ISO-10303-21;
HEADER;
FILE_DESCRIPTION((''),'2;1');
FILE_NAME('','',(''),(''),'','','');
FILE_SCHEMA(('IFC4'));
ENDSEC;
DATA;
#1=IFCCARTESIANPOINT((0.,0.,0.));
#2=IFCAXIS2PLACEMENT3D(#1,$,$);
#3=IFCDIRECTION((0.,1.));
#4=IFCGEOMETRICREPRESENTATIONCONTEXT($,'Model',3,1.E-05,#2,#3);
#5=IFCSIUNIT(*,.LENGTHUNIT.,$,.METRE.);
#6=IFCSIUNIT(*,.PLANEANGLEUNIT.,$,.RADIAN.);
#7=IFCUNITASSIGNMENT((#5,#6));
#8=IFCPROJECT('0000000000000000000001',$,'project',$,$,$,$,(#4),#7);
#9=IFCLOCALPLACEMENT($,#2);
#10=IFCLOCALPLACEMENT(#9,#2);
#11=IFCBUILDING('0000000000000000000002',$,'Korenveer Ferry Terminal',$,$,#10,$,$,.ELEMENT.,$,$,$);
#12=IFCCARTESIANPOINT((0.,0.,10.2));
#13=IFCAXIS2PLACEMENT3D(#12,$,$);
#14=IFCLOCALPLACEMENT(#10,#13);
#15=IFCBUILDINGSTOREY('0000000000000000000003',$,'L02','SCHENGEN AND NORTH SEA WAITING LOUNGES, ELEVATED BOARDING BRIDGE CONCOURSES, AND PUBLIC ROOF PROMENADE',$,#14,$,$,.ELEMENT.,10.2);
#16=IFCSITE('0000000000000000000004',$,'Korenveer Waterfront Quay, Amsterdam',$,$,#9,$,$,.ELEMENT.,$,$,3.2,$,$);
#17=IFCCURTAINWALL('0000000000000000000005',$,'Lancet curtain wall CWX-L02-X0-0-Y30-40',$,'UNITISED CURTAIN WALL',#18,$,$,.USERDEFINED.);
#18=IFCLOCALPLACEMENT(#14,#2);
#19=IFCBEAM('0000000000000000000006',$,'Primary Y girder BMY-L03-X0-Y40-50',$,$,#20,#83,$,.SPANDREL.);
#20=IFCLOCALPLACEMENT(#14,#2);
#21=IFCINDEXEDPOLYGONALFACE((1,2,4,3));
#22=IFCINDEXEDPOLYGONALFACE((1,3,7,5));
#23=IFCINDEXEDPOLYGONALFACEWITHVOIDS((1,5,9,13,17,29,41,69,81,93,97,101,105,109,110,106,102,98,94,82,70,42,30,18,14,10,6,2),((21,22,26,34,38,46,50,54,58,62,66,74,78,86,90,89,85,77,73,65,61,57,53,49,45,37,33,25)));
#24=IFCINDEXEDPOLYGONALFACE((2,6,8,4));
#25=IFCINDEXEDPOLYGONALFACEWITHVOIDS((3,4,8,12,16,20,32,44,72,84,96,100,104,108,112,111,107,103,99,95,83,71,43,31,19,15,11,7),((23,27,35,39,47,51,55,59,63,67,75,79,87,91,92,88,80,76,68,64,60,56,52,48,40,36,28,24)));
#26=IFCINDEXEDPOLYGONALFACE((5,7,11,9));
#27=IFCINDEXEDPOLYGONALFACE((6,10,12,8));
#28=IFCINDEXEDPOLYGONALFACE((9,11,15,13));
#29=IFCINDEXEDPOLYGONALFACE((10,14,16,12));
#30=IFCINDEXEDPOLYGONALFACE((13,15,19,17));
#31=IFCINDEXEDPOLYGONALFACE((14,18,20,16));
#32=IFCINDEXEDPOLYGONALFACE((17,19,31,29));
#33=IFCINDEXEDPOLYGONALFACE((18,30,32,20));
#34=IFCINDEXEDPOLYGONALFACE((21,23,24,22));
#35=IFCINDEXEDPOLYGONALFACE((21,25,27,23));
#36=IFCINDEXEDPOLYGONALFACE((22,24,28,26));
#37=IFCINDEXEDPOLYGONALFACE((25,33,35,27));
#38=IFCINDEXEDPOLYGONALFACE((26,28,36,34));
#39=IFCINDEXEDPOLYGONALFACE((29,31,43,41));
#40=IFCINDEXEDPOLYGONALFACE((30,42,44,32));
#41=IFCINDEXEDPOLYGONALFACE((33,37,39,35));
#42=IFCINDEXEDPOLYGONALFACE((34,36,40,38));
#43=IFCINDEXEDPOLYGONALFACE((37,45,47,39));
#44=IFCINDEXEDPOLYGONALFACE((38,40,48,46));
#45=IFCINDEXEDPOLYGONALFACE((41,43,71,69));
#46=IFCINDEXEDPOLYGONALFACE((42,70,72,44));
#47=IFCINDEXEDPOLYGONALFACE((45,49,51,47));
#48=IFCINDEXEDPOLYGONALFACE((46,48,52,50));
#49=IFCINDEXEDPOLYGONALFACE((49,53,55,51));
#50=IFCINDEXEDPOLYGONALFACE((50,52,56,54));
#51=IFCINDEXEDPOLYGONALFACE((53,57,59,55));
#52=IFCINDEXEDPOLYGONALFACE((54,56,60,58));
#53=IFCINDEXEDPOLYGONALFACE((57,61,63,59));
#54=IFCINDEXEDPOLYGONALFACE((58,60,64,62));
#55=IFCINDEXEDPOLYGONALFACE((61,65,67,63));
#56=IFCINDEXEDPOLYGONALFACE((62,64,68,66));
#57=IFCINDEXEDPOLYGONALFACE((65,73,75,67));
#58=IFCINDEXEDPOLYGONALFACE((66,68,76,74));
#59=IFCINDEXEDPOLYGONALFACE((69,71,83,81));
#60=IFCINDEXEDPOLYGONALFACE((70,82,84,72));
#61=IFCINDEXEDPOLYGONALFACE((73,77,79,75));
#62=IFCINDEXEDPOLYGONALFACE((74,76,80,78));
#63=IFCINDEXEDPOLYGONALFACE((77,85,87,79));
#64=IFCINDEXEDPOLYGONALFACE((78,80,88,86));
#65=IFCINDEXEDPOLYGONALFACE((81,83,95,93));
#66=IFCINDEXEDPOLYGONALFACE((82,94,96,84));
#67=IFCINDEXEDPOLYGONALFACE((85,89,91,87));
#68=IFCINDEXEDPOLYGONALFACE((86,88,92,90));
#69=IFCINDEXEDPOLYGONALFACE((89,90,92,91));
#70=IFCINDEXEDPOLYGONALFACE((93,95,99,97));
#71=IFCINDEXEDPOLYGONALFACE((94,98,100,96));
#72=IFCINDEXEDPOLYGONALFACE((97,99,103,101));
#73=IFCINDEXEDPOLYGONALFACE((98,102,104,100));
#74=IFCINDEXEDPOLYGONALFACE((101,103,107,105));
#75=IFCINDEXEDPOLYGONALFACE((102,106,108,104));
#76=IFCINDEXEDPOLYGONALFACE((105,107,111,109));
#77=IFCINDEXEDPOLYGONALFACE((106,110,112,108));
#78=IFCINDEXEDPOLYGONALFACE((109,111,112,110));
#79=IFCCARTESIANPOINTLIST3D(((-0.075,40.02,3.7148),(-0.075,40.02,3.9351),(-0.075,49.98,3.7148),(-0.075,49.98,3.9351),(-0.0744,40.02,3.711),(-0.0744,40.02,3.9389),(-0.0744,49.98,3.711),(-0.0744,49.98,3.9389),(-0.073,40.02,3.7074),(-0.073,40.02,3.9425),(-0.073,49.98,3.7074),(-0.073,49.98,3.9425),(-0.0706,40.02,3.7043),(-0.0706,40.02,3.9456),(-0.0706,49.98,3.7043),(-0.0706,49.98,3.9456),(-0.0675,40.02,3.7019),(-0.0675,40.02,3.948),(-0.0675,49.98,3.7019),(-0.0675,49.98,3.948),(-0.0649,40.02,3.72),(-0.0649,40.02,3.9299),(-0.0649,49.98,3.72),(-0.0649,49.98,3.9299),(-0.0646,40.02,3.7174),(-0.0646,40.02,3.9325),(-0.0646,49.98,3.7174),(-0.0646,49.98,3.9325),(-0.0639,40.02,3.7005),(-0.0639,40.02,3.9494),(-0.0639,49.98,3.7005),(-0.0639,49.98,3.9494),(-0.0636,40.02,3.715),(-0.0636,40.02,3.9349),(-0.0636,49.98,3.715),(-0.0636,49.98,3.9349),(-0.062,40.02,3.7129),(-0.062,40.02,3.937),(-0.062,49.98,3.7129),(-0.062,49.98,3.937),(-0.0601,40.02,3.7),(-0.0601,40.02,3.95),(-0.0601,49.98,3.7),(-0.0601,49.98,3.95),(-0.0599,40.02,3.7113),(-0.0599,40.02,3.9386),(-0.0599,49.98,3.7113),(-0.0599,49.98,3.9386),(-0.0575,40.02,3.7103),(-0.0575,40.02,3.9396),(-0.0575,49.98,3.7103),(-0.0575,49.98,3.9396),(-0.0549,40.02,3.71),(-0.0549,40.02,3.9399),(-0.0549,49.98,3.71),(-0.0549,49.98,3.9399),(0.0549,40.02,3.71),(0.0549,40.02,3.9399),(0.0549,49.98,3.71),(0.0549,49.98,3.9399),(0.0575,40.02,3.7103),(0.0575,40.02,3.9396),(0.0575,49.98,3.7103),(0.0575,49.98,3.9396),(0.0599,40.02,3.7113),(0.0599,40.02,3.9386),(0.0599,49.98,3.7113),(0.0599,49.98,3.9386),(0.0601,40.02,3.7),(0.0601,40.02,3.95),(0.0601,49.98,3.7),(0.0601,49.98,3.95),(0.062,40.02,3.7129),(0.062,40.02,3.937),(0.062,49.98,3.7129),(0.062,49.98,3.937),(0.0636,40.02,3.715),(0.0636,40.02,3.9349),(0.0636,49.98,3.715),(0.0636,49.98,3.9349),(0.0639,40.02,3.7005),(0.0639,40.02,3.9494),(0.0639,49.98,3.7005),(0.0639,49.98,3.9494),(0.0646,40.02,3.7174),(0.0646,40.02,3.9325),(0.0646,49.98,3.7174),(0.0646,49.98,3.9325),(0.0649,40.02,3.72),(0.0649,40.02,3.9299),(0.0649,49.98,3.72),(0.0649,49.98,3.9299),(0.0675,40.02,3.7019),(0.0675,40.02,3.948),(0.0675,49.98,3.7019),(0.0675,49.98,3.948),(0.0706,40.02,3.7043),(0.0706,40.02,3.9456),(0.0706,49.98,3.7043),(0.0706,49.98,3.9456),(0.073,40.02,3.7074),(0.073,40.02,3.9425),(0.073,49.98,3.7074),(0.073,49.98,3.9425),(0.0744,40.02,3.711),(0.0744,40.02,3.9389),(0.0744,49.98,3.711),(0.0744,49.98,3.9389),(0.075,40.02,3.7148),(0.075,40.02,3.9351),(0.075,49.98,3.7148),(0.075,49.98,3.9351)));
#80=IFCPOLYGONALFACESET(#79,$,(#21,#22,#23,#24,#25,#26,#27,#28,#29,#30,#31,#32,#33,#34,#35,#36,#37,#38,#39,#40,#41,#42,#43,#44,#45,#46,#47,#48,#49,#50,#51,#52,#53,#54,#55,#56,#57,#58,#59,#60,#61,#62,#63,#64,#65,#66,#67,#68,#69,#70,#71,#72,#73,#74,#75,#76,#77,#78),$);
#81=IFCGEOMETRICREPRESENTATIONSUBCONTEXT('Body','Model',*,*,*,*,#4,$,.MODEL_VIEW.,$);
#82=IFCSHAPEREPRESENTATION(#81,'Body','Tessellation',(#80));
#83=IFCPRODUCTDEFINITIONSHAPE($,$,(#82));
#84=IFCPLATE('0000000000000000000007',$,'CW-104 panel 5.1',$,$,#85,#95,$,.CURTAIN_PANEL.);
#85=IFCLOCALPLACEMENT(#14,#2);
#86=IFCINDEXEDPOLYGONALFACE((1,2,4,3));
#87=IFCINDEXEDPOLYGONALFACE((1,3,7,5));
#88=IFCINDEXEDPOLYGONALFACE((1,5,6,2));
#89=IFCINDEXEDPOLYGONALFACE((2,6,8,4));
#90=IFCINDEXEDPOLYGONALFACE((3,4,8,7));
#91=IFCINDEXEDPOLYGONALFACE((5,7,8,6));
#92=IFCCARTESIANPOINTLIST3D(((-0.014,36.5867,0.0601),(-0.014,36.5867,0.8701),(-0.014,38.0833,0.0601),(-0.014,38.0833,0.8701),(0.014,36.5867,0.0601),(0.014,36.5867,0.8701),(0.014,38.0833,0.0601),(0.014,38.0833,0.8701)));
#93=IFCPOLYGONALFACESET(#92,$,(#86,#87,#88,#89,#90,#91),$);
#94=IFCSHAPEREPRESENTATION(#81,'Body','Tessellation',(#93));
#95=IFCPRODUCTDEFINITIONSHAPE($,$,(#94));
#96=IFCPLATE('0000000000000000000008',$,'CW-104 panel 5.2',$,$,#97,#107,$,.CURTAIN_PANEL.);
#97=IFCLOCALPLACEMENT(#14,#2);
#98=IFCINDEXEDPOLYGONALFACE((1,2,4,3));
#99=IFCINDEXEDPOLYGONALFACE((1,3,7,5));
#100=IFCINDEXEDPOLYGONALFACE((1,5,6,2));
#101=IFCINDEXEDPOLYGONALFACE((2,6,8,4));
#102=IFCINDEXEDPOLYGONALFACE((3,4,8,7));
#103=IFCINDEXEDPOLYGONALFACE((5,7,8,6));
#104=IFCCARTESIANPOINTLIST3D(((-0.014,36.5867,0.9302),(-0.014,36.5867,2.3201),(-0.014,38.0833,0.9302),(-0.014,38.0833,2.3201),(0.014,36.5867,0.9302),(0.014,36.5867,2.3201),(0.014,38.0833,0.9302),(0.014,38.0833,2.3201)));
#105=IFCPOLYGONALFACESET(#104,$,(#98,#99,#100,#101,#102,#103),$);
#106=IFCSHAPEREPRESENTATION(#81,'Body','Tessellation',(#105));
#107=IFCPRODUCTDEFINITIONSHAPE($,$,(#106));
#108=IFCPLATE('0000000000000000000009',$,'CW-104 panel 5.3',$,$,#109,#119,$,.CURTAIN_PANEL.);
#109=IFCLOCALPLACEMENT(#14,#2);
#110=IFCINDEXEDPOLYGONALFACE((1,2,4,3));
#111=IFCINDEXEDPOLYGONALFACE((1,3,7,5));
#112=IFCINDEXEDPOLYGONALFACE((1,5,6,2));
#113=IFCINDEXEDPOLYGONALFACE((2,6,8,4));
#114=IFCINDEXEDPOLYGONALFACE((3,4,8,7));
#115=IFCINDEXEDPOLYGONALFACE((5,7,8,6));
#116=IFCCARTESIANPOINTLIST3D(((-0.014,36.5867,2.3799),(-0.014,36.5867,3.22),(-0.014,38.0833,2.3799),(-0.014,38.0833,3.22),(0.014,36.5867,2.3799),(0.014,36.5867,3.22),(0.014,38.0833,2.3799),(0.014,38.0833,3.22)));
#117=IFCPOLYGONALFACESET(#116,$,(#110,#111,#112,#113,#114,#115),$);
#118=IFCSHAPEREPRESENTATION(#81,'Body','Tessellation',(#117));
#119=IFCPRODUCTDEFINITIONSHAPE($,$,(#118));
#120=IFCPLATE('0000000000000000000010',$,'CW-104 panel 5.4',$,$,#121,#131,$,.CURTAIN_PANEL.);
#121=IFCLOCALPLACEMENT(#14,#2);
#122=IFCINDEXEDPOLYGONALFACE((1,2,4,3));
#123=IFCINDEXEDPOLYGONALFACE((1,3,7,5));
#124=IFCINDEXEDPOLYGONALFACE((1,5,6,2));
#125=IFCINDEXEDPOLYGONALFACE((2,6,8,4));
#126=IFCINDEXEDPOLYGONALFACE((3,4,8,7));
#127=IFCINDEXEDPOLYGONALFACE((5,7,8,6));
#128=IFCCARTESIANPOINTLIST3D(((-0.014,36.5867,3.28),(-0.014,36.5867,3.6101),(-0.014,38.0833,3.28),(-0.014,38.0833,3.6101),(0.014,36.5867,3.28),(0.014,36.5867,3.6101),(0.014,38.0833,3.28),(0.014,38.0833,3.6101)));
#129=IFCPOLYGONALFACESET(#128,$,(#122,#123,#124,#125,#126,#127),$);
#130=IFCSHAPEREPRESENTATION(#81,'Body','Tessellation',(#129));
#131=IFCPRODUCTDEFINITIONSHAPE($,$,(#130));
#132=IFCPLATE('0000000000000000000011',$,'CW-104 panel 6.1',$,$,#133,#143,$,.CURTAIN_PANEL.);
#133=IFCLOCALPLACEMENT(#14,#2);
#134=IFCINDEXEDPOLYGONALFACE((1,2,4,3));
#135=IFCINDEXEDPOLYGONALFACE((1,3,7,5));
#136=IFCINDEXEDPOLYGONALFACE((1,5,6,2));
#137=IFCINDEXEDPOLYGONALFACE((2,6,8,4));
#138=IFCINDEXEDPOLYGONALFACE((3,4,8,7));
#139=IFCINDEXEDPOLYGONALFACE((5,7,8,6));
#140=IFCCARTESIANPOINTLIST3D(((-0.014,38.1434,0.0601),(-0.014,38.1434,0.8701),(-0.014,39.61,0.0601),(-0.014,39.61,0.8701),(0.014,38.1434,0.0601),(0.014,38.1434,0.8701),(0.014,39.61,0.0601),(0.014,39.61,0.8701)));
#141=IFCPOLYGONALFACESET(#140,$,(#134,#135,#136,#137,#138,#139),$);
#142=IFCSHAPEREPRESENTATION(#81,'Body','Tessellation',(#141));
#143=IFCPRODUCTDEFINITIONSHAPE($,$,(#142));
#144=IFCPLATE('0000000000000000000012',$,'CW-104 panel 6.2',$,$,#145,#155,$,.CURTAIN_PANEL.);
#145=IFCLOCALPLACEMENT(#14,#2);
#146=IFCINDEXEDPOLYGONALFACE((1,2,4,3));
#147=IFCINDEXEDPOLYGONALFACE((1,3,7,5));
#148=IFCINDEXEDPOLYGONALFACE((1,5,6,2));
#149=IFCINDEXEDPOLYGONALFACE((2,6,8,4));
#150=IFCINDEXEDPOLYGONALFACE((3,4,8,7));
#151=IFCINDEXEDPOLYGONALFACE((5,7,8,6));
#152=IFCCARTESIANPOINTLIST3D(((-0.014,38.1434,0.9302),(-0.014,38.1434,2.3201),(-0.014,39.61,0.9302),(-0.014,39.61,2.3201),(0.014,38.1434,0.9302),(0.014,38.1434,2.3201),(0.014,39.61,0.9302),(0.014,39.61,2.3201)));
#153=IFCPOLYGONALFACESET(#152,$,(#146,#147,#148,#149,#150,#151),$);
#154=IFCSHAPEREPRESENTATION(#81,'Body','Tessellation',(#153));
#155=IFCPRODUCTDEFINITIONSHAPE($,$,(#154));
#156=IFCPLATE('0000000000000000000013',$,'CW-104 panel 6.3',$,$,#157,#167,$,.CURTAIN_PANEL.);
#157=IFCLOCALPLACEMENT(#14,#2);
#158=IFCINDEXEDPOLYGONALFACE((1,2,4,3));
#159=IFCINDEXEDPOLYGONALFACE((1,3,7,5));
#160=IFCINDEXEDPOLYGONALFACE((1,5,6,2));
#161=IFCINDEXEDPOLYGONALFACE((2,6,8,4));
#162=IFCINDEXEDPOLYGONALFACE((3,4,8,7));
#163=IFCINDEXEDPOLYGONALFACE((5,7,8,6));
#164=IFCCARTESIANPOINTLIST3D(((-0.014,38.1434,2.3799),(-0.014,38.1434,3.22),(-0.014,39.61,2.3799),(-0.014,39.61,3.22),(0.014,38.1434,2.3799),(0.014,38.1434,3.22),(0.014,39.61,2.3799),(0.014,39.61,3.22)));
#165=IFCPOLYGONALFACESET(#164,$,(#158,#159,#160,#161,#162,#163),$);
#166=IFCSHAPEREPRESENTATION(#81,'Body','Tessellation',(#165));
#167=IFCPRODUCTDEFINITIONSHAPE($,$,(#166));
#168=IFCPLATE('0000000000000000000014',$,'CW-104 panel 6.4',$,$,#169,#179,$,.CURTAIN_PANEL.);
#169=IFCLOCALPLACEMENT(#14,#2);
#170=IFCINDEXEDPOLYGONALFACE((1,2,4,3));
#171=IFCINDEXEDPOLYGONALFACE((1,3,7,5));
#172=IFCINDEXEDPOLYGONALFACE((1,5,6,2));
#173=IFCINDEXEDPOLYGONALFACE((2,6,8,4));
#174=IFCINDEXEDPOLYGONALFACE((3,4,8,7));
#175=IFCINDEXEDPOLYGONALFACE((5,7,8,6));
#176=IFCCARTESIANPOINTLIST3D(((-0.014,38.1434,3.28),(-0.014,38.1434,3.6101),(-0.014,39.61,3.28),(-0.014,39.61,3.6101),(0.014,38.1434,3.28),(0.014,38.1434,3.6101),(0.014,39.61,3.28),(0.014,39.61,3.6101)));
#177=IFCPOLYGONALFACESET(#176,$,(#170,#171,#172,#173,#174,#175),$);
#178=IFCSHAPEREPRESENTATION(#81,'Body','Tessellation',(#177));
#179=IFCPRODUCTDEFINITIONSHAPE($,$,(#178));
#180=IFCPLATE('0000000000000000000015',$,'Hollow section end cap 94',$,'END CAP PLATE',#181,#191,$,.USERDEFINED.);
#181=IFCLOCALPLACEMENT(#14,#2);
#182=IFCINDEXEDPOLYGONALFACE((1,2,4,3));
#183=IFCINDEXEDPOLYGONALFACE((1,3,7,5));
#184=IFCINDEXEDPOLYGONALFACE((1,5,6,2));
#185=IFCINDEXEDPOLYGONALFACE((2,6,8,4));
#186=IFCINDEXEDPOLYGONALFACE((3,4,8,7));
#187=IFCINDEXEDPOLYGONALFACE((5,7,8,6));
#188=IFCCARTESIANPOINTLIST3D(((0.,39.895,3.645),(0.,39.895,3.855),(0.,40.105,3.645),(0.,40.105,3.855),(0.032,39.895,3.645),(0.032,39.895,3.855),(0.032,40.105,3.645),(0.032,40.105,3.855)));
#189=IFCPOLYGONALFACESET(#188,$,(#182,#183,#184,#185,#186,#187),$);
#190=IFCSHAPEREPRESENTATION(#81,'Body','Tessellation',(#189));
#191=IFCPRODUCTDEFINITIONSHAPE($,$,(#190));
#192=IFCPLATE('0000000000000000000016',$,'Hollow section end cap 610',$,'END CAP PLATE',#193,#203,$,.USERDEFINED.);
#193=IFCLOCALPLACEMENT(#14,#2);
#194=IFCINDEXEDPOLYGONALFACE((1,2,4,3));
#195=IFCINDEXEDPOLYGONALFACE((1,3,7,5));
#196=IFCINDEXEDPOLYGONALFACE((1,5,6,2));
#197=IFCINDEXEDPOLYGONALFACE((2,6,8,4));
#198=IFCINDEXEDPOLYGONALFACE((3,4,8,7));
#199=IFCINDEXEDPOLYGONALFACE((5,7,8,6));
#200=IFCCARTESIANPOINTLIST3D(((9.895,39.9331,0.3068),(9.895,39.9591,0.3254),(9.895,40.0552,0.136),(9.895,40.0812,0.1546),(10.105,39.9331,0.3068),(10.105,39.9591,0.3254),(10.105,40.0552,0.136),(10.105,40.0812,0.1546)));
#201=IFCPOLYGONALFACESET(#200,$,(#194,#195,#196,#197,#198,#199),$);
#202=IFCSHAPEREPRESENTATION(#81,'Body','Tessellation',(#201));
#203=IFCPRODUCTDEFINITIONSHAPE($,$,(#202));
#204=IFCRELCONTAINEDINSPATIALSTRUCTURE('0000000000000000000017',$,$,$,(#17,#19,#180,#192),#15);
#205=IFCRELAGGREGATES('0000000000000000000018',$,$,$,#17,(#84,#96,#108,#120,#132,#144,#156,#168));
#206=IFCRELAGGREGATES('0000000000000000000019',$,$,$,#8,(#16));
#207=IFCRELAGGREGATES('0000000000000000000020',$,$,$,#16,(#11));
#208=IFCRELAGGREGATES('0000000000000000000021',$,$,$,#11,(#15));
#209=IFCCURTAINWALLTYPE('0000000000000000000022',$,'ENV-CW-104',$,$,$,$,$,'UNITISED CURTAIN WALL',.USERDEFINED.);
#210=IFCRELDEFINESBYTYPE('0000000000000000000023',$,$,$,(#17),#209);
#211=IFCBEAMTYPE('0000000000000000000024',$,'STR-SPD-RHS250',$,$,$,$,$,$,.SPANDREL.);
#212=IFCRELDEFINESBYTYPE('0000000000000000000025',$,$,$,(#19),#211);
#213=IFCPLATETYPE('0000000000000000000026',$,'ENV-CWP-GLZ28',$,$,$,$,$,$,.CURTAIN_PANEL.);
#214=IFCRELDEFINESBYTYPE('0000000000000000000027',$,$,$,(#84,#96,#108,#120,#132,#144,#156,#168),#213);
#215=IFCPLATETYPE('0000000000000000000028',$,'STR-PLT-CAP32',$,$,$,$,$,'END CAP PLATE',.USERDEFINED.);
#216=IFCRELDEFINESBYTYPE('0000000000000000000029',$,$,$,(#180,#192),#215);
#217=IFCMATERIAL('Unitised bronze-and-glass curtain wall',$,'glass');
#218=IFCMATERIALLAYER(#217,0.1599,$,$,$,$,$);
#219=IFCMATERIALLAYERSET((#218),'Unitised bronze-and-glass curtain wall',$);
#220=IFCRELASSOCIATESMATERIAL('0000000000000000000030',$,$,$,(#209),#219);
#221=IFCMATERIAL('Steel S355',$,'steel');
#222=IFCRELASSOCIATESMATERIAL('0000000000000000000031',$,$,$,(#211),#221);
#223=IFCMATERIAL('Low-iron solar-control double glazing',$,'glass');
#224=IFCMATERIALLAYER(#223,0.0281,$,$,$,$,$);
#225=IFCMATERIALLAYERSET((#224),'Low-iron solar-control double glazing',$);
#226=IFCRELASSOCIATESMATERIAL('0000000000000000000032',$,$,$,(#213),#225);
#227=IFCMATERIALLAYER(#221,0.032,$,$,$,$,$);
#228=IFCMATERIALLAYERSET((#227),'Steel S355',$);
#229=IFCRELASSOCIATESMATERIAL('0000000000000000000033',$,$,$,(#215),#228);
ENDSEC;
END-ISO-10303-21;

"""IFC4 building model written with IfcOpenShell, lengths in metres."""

from ifc_helpers import new_model, si_unit, direction, frame, origin, origin_2d, place, context, subcontext, project, spatial, rectangle, hollow_rectangle, extrude, material, layer, layer_set, material_profile, profile_set, type_object, element, aggregate, save


model = new_model("IFC4")

# Units and contexts
model_context = context("Model", 3, precision=1e-05, world=origin(), true_north=direction((0.0, 1.0)))
body_context = subcontext(model_context, "Body", "Model", "MODEL_VIEW")
ifc_project = project(units=[si_unit("LENGTHUNIT", "METRE"), si_unit("PLANEANGLEUNIT", "RADIAN")], contexts=[model_context])

# Site, building, storey
site_placement = place(None, origin())
site = spatial("IfcSite", under=ifc_project, at=site_placement, Name="Korenveer Waterfront Quay, Amsterdam", CompositionType="ELEMENT", RefElevation=3.2)
building_placement = place(site_placement, origin())
building = spatial("IfcBuilding", under=site, at=building_placement, Name="Korenveer Ferry Terminal", CompositionType="ELEMENT")
storey_placement = place(building_placement, frame((0.0, 0.0, 10.2)))
storey = spatial("IfcBuildingStorey", under=building, at=storey_placement, Name="L02", Description="SCHENGEN AND NORTH SEA WAITING LOUNGES, ELEVATED BOARDING BRIDGE CONCOURSES, AND PUBLIC ROOF PROMENADE", CompositionType="ELEMENT", Elevation=10.2)

# Curtain wall
ifc_material_1 = material(Name="Unitised bronze-and-glass curtain wall", Category="glass")
ifc_layer_1 = layer(ifc_material_1, 0.1599)
ifc_layer_set_1 = layer_set([ifc_layer_1], Name="Unitised bronze-and-glass curtain wall")
curtain_wall_type_1 = type_object("IfcCurtainWallType", Name="ENV-CW-104", ElementType="UNITISED CURTAIN WALL", PredefinedType="USERDEFINED", material=ifc_layer_set_1)
curtain_wall_1_placement = place(storey_placement, frame((0.0, 30.3301, 0.0)))
curtain_wall_1 = element("IfcCurtainWall", 1, at=curtain_wall_1_placement, inside=storey, type_object=curtain_wall_type_1, Name="Lancet curtain wall CWX-L02-X0-0-Y30-40", ObjectType="UNITISED CURTAIN WALL", PredefinedType="USERDEFINED")

# Shared definitions
ifc_material_2 = material(Name="Steel S355", Category="steel")

# Beam
ifc_material_profile_1 = material_profile(ifc_material_2, hollow_rectangle(XDim=0.1499, YDim=0.25, WallThickness=0.01, InnerFilletRadius=0.01, OuterFilletRadius=0.0149, at=origin_2d()), Name="RHS 250x150x10")
ifc_profile_set_1 = profile_set([ifc_material_profile_1], Name="Steel S355")
beam_type_1 = type_object("IfcBeamType", Name="STR-SPD-RHS250", PredefinedType="SPANDREL", material=ifc_profile_set_1)
beam_1_placement = place(storey_placement, frame((0.0, 40.02, 3.825), z_axis=(0.0, 1.0, 0.0), x_axis=(-1.0, 0.0, 0.0)))
element("IfcBeam", 2, at=beam_1_placement, inside=storey, type_object=beam_type_1, Name="Primary Y girder BMY-L03-X0-Y40-50", PredefinedType="SPANDREL", context=body_context, shape_type="SweptSolid", body=[
    extrude(hollow_rectangle(XDim=0.1499, YDim=0.25, WallThickness=0.01, InnerFilletRadius=0.01, OuterFilletRadius=0.0149, at=origin_2d()), origin(), (0.0, 0.0, 1.0), 9.96),
])

# Plates
ifc_material_3 = material(Name="Low-iron solar-control double glazing", Category="glass")
ifc_layer_2 = layer(ifc_material_3, 0.0281)
ifc_layer_set_2 = layer_set([ifc_layer_2], Name="Low-iron solar-control double glazing")
plate_type_1 = type_object("IfcPlateType", Name="ENV-CWP-GLZ28", PredefinedType="CURTAIN_PANEL", material=ifc_layer_set_2)
plate_1_placement = place(storey_placement, frame((0.0, 37.335, 0.0601), z_axis=(0.0, 0.0, 1.0), x_axis=(0.0, 1.0, 0.0)))
plate_1 = element("IfcPlate", 3, at=plate_1_placement, type_object=plate_type_1, Name="CW-104 panel 5.1", PredefinedType="CURTAIN_PANEL", context=body_context, shape_type="SweptSolid", body=[
    extrude(rectangle(XDim=1.4966, YDim=0.0281, at=origin_2d()), origin(), (0.0, 0.0, 1.0), 0.8101),
])
plate_2_placement = place(storey_placement, frame((0.0, 37.335, 0.9302), z_axis=(0.0, 0.0, 1.0), x_axis=(0.0, 1.0, 0.0)))
plate_2 = element("IfcPlate", 4, at=plate_2_placement, type_object=plate_type_1, Name="CW-104 panel 5.2", PredefinedType="CURTAIN_PANEL", context=body_context, shape_type="SweptSolid", body=[
    extrude(rectangle(XDim=1.4966, YDim=0.0281, at=origin_2d()), origin(), (0.0, 0.0, 1.0), 1.3899),
])
plate_3_placement = place(storey_placement, frame((0.0, 37.335, 2.3799), z_axis=(0.0, 0.0, 1.0), x_axis=(0.0, 1.0, 0.0)))
plate_3 = element("IfcPlate", 5, at=plate_3_placement, type_object=plate_type_1, Name="CW-104 panel 5.3", PredefinedType="CURTAIN_PANEL", context=body_context, shape_type="SweptSolid", body=[
    extrude(rectangle(XDim=1.4966, YDim=0.0281, at=origin_2d()), origin(), (0.0, 0.0, 1.0), 0.8401),
])
plate_4_placement = place(storey_placement, frame((0.0, 37.335, 3.28), z_axis=(0.0, 0.0, 1.0), x_axis=(0.0, 1.0, 0.0)))
plate_4 = element("IfcPlate", 6, at=plate_4_placement, type_object=plate_type_1, Name="CW-104 panel 5.4", PredefinedType="CURTAIN_PANEL", context=body_context, shape_type="SweptSolid", body=[
    extrude(rectangle(XDim=1.4966, YDim=0.0281, at=origin_2d()), origin(), (0.0, 0.0, 1.0), 0.3301),
])
plate_5_placement = place(storey_placement, frame((0.0, 38.8767, 0.0601), z_axis=(0.0, 0.0, 1.0), x_axis=(0.0, 1.0, 0.0)))
plate_5 = element("IfcPlate", 7, at=plate_5_placement, type_object=plate_type_1, Name="CW-104 panel 6.1", PredefinedType="CURTAIN_PANEL", context=body_context, shape_type="SweptSolid", body=[
    extrude(rectangle(XDim=1.4666, YDim=0.0281, at=origin_2d()), origin(), (0.0, 0.0, 1.0), 0.8101),
])
plate_6_placement = place(storey_placement, frame((0.0, 38.8767, 0.9302), z_axis=(0.0, 0.0, 1.0), x_axis=(0.0, 1.0, 0.0)))
plate_6 = element("IfcPlate", 8, at=plate_6_placement, type_object=plate_type_1, Name="CW-104 panel 6.2", PredefinedType="CURTAIN_PANEL", context=body_context, shape_type="SweptSolid", body=[
    extrude(rectangle(XDim=1.4666, YDim=0.0281, at=origin_2d()), origin(), (0.0, 0.0, 1.0), 1.3899),
])
plate_7_placement = place(storey_placement, frame((0.0, 38.8767, 2.3799), z_axis=(0.0, 0.0, 1.0), x_axis=(0.0, 1.0, 0.0)))
plate_7 = element("IfcPlate", 9, at=plate_7_placement, type_object=plate_type_1, Name="CW-104 panel 6.3", PredefinedType="CURTAIN_PANEL", context=body_context, shape_type="SweptSolid", body=[
    extrude(rectangle(XDim=1.4666, YDim=0.0281, at=origin_2d()), origin(), (0.0, 0.0, 1.0), 0.8401),
])
plate_8_placement = place(storey_placement, frame((0.0, 38.8767, 3.28), z_axis=(0.0, 0.0, 1.0), x_axis=(0.0, 1.0, 0.0)))
plate_8 = element("IfcPlate", 10, at=plate_8_placement, type_object=plate_type_1, Name="CW-104 panel 6.4", PredefinedType="CURTAIN_PANEL", context=body_context, shape_type="SweptSolid", body=[
    extrude(rectangle(XDim=1.4666, YDim=0.0281, at=origin_2d()), origin(), (0.0, 0.0, 1.0), 0.3301),
])
aggregate(curtain_wall_1, [plate_1, plate_2, plate_3, plate_4, plate_5, plate_6, plate_7, plate_8])

# Plates
ifc_layer_3 = layer(ifc_material_2, 0.032)
ifc_layer_set_3 = layer_set([ifc_layer_3], Name="Steel S355")
plate_type_2 = type_object("IfcPlateType", Name="STR-PLT-CAP32", ElementType="END CAP PLATE", PredefinedType="USERDEFINED", material=ifc_layer_set_3)
for number, where, z_axis, x_axis, name in (
    (11, (0.0, 40.0, 3.75), (1.0, 0.0, 0.0), (0.0, 1.0, 0.0), "Hollow section end cap 94"),
    (12, (10.0, 39.9941, 0.2214), (0.0, 0.813513, 0.581547), (-1.0, 0.0, 0.0), "Hollow section end cap 610"),
):
    element("IfcPlate", number, at=place(storey_placement, frame(where, z_axis=z_axis, x_axis=x_axis)), inside=storey, type_object=plate_type_2, Name=name, ObjectType="END CAP PLATE", PredefinedType="USERDEFINED", context=body_context, shape_type="SweptSolid", body=[
        extrude(rectangle(XDim=0.21, YDim=0.21, at=origin_2d()), origin(), (0.0, 0.0, 1.0), 0.032),
    ])

save(model, "model.ifc")
